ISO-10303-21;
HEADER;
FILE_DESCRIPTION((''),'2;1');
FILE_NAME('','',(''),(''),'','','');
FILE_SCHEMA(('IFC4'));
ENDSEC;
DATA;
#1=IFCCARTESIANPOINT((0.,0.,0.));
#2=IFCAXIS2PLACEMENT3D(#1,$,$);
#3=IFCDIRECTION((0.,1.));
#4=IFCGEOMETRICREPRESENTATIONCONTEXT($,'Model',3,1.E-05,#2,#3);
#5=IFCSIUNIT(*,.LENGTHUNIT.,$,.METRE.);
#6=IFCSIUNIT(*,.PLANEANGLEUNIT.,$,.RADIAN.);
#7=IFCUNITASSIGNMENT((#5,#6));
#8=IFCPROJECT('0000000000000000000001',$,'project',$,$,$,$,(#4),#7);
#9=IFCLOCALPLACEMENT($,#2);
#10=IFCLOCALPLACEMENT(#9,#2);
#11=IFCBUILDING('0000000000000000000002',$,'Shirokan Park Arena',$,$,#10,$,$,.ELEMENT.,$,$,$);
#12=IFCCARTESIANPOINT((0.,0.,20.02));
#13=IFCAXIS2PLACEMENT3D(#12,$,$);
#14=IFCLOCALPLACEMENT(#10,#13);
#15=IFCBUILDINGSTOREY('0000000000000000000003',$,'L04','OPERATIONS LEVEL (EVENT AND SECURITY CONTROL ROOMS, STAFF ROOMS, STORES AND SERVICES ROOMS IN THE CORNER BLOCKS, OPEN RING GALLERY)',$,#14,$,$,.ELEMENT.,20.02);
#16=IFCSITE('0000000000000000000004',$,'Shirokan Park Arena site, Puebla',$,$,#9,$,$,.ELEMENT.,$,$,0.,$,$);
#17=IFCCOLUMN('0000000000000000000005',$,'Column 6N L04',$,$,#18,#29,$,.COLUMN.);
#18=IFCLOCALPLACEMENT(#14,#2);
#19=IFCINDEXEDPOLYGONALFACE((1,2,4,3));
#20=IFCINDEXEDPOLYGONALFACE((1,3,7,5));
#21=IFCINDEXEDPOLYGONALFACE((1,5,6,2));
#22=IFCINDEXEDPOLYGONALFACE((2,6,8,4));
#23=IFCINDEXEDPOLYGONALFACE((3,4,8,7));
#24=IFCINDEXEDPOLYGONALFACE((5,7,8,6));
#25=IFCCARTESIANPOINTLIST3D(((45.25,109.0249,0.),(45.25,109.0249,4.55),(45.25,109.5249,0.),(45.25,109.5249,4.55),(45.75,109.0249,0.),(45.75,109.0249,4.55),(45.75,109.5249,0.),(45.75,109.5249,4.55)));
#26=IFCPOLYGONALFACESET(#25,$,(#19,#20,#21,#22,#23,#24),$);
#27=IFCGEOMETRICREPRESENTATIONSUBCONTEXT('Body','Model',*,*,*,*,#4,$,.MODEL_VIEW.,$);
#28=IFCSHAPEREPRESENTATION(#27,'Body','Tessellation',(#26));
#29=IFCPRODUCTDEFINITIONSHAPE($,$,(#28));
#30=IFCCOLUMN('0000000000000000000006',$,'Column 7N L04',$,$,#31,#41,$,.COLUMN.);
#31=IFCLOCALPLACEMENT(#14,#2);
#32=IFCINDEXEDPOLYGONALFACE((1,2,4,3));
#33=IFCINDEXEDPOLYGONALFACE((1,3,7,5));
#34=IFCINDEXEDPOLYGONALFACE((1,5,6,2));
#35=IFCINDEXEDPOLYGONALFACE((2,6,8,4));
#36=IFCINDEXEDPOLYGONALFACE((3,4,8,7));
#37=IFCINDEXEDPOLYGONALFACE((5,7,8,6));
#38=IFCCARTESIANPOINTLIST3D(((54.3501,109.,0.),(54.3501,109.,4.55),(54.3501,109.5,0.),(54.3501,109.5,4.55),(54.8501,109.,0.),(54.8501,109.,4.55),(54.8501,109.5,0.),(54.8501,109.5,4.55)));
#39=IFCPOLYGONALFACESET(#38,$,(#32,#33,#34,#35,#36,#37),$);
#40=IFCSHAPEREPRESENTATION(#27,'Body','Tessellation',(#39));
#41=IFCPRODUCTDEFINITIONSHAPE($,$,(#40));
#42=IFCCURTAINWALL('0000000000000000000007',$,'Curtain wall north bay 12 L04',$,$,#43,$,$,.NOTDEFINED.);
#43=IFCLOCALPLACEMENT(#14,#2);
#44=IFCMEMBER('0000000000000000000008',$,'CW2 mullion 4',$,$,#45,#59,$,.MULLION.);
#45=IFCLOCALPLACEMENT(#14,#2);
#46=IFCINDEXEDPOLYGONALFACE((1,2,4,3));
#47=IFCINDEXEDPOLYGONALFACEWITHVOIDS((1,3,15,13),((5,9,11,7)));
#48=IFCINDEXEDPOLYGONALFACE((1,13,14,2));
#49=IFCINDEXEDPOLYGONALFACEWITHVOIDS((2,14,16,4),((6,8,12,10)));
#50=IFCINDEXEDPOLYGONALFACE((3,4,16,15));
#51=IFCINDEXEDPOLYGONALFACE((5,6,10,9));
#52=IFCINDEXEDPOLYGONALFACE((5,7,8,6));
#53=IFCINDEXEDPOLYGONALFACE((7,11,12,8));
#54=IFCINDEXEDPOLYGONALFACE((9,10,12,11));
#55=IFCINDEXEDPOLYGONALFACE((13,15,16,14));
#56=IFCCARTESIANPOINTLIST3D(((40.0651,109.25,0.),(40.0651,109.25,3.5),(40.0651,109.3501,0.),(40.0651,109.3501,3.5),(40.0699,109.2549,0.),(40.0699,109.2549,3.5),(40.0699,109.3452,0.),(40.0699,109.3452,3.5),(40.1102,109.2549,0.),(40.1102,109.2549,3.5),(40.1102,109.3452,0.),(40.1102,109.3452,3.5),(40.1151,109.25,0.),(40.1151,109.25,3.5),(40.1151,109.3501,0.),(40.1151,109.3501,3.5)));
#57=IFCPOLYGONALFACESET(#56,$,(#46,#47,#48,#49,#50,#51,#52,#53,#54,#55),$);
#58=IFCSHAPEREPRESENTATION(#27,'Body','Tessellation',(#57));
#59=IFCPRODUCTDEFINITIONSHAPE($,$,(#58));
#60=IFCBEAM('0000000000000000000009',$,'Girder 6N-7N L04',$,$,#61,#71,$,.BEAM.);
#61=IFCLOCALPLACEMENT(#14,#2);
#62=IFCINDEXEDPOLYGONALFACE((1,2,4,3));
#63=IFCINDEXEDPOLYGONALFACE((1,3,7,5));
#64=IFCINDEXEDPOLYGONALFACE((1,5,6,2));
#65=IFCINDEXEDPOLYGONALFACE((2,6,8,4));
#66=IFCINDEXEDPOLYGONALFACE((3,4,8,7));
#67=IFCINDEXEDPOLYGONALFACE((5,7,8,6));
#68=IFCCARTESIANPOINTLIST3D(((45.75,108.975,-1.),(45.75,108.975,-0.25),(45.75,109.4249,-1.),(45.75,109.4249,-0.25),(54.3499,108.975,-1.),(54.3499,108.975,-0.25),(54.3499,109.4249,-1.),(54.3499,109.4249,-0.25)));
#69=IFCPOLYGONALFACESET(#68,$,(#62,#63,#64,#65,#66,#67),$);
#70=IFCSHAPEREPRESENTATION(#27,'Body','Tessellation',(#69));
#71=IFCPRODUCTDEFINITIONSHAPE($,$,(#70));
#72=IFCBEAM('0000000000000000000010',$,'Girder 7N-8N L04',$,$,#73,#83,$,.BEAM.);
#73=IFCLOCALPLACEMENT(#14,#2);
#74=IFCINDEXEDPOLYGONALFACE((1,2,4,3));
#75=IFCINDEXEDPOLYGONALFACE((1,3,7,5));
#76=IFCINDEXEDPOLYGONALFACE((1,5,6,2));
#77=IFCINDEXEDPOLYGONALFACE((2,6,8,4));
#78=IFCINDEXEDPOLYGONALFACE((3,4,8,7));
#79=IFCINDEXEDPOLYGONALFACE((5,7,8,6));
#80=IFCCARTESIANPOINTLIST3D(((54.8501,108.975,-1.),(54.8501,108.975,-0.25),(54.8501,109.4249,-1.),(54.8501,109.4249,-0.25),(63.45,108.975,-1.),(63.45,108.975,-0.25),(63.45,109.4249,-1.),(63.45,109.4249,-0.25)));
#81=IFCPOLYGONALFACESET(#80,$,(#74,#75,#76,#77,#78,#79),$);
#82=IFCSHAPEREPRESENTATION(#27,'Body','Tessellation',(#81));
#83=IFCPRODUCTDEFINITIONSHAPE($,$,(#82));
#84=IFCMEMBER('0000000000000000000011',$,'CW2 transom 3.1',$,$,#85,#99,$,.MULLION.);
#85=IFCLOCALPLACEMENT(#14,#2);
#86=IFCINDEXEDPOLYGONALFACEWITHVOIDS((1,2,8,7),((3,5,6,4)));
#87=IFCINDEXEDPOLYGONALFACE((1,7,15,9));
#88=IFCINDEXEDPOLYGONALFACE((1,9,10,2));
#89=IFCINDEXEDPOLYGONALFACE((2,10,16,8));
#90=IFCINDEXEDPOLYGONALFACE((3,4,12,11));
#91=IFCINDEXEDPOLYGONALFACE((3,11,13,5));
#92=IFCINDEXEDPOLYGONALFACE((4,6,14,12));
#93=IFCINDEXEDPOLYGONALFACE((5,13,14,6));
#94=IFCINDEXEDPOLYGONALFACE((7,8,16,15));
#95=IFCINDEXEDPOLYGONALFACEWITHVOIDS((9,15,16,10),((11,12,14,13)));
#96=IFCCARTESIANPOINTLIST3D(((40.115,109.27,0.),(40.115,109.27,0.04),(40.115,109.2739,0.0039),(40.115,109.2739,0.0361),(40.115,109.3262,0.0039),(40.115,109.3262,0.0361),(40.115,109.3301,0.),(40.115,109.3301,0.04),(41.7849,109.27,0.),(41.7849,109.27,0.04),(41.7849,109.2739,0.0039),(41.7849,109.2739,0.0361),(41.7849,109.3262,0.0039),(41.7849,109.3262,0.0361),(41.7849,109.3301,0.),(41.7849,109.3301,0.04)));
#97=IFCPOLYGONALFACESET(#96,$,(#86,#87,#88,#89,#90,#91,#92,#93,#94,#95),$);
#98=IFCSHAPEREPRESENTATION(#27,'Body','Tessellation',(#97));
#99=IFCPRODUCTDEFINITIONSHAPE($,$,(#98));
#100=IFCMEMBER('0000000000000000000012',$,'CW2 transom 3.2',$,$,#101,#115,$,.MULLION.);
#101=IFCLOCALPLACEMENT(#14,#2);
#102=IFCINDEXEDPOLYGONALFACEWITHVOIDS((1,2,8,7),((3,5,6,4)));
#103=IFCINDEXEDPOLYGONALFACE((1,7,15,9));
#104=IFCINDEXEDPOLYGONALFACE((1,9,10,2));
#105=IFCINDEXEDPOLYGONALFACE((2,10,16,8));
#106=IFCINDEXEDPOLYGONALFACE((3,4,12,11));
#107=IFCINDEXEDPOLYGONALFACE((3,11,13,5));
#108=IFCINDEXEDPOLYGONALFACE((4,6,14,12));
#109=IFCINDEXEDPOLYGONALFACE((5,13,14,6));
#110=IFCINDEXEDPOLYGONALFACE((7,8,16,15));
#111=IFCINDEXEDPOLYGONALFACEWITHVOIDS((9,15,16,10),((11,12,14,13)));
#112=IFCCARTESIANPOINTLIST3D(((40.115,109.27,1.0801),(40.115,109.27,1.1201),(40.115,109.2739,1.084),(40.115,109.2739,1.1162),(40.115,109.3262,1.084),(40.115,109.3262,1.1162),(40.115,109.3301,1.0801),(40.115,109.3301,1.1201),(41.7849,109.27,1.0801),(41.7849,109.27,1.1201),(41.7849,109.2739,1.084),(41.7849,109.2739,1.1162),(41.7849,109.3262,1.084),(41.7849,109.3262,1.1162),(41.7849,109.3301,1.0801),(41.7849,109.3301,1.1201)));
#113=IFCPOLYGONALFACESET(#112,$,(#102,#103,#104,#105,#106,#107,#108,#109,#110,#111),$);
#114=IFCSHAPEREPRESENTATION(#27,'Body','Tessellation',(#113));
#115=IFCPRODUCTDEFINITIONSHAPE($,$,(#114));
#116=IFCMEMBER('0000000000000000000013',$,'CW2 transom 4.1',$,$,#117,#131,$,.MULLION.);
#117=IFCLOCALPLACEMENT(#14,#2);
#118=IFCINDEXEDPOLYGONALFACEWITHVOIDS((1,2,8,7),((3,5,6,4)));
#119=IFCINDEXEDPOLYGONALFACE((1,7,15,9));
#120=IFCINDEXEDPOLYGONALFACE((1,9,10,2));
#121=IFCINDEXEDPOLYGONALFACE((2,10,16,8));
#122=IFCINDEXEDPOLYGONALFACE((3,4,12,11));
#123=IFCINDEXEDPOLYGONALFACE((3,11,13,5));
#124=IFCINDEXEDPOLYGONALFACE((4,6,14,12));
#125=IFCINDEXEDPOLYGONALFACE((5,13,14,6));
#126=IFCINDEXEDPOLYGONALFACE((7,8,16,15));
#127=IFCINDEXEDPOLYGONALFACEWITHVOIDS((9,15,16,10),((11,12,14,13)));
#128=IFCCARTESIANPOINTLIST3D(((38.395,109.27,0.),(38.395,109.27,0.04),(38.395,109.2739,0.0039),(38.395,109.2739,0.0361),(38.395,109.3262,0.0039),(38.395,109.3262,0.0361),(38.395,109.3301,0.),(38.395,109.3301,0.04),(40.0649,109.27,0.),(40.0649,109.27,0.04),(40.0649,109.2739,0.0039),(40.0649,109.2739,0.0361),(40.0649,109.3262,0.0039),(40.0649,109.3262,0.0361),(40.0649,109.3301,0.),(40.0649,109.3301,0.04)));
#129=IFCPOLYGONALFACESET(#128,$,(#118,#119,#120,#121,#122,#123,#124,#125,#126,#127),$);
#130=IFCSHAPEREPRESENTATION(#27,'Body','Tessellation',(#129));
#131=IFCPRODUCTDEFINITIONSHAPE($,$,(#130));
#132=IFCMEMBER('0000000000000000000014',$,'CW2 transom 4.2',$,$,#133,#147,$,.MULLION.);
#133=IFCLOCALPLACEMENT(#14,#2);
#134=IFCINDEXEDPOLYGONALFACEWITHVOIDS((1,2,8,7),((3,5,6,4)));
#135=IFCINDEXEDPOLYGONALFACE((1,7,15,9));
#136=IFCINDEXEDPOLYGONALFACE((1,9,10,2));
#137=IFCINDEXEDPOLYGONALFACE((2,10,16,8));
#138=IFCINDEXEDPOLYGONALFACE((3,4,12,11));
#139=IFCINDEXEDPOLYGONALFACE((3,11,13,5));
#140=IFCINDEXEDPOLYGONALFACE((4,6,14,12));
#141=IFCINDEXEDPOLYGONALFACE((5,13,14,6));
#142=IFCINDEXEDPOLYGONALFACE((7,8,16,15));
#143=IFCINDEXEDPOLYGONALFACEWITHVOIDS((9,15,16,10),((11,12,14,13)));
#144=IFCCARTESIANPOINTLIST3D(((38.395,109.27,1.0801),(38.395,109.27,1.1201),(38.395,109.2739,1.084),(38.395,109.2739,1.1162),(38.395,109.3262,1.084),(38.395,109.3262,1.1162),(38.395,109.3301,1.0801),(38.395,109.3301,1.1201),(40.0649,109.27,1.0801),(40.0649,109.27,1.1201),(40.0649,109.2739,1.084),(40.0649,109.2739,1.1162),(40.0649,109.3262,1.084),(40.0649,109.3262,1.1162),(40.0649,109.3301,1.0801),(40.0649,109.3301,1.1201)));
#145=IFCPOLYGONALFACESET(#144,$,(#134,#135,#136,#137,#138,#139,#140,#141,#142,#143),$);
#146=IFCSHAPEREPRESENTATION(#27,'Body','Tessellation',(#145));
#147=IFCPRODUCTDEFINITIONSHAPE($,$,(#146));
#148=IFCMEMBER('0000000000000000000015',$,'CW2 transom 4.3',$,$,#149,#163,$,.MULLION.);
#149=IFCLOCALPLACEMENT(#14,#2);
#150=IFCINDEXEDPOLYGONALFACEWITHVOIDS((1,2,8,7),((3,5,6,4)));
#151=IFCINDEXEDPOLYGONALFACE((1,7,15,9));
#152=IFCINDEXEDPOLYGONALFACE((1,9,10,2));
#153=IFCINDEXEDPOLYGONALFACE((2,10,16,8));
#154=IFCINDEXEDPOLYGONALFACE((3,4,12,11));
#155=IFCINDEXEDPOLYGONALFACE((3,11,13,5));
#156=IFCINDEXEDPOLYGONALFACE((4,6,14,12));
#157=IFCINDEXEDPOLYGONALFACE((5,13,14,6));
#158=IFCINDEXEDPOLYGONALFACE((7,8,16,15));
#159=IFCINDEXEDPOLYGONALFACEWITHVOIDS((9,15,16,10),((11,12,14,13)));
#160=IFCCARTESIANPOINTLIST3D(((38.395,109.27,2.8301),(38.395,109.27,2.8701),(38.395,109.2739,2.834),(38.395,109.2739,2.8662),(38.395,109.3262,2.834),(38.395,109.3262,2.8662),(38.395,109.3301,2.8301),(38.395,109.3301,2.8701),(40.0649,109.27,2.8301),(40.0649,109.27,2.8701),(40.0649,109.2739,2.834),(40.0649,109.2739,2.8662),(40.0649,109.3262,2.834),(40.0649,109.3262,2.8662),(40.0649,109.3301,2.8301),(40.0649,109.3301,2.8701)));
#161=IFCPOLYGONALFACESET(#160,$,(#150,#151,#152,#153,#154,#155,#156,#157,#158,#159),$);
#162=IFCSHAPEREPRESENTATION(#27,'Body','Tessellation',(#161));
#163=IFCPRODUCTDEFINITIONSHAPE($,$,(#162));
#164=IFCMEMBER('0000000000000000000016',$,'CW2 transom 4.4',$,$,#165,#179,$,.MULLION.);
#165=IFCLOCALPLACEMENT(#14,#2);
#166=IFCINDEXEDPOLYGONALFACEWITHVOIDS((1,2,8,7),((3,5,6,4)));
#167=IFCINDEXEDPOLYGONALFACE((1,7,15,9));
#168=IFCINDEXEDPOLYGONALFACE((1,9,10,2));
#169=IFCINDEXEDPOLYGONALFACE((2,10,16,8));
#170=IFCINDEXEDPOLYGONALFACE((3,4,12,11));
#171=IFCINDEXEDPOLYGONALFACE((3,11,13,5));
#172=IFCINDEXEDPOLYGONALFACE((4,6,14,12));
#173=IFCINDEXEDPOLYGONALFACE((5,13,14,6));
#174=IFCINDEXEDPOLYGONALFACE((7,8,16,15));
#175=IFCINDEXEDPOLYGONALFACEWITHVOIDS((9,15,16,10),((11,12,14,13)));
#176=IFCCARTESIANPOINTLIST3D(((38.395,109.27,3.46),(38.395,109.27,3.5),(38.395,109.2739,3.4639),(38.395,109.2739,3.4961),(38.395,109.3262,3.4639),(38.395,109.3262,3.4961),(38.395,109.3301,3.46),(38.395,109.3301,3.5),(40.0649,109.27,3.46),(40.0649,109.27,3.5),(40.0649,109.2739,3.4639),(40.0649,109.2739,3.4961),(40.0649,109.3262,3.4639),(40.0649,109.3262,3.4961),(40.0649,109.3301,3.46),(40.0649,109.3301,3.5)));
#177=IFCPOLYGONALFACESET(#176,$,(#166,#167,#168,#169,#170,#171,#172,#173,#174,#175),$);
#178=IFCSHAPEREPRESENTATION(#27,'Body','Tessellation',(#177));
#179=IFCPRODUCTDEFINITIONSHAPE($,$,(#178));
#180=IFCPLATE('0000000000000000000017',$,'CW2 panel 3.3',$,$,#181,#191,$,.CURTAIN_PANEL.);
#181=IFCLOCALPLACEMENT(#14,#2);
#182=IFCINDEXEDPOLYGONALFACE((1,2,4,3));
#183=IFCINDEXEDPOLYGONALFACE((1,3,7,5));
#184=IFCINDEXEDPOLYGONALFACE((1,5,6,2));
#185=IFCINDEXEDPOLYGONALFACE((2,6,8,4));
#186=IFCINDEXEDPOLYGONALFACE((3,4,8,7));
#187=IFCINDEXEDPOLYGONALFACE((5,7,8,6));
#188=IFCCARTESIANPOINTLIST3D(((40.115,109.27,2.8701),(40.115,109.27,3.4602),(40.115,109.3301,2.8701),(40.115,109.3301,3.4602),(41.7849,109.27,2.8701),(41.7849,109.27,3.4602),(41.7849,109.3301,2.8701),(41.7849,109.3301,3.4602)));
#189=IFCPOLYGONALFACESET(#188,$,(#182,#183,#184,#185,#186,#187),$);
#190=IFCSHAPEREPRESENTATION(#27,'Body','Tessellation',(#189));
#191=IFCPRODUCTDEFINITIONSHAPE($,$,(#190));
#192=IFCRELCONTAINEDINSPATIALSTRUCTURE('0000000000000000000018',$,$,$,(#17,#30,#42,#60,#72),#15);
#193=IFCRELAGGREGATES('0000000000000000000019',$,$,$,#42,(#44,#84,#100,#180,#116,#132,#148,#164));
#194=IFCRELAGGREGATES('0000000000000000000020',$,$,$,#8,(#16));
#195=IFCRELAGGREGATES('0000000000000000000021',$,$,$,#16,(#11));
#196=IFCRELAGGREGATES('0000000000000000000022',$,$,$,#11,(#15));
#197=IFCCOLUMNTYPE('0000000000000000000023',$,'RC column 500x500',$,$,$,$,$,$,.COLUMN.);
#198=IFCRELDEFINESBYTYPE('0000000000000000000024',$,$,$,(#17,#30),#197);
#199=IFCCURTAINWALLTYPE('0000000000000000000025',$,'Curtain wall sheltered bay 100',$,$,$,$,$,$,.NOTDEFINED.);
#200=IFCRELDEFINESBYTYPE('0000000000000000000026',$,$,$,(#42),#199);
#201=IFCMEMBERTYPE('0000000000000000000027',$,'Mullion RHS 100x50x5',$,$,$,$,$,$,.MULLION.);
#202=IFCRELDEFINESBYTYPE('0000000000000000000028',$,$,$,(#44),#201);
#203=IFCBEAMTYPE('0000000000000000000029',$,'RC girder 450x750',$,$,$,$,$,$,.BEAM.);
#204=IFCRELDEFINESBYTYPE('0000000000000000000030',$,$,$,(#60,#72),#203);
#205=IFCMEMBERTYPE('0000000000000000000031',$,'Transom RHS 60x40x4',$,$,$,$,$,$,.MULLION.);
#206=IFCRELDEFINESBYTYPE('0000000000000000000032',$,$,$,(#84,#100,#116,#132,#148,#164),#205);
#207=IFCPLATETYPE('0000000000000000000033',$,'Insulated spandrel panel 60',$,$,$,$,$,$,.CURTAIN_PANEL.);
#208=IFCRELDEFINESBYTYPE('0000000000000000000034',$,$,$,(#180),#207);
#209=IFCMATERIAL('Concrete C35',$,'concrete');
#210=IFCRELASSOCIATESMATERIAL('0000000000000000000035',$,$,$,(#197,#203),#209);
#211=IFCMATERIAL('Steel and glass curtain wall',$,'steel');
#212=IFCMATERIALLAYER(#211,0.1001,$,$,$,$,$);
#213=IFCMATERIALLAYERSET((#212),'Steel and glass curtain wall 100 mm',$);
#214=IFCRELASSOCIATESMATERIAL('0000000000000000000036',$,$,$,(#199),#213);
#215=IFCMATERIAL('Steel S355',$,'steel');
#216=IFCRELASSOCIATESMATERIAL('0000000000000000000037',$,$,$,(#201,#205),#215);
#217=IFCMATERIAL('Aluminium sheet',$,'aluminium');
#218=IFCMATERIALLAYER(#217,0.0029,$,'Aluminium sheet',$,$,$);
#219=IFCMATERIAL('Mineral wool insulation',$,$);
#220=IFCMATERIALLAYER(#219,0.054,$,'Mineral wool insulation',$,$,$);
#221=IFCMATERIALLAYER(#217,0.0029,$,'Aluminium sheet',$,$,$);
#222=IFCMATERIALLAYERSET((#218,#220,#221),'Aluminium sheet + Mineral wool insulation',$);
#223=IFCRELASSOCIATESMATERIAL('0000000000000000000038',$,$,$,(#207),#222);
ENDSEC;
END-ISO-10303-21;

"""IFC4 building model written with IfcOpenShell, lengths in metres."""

from ifc_helpers import new_model, si_unit, direction, frame, origin, origin_2d, place, context, subcontext, project, spatial, rectangle, hollow_rectangle, extrude, material, layer, layer_set, material_profile, profile_set, type_object, element, aggregate, save


model = new_model("IFC4")

# Units and contexts
model_context = context("Model", 3, precision=1e-05, world=origin(), true_north=direction((0.0, 1.0)))
body_context = subcontext(model_context, "Body", "Model", "MODEL_VIEW")
ifc_project = project(units=[si_unit("LENGTHUNIT", "METRE"), si_unit("PLANEANGLEUNIT", "RADIAN")], contexts=[model_context])

# Site, building, storey
site_placement = place(None, origin())
site = spatial("IfcSite", under=ifc_project, at=site_placement, Name="Shirokan Park Arena site, Puebla", CompositionType="ELEMENT", RefElevation=0.0)
building_placement = place(site_placement, origin())
building = spatial("IfcBuilding", under=site, at=building_placement, Name="Shirokan Park Arena", CompositionType="ELEMENT")
storey_placement = place(building_placement, frame((0.0, 0.0, 20.02)))
storey = spatial("IfcBuildingStorey", under=building, at=storey_placement, Name="L04", Description="OPERATIONS LEVEL (EVENT AND SECURITY CONTROL ROOMS, STAFF ROOMS, STORES AND SERVICES ROOMS IN THE CORNER BLOCKS, OPEN RING GALLERY)", CompositionType="ELEMENT", Elevation=20.02)

# Columns
ifc_material_1 = material(Name="Concrete C35", Category="concrete")
ifc_material_profile_1 = material_profile(ifc_material_1, rectangle(XDim=0.5, YDim=0.5, at=origin_2d()), Name="500x500")
ifc_profile_set_1 = profile_set([ifc_material_profile_1], Name="Concrete C35")
column_type = type_object("IfcColumnType", Name="RC column 500x500", PredefinedType="COLUMN", material=ifc_profile_set_1)
for number, where, z_axis, x_axis, name in (
    (1, (45.5, 109.2749, 0.0), (0.0, 0.0, 1.0), (1.0, 0.0, 0.0), "Column 6N L04"),
    (2, (54.6001, 109.25, 0.0), (0.0, 0.0, 1.0), (1.0, 0.0, 0.0), "Column 7N L04"),
):
    element("IfcColumn", number, at=place(storey_placement, frame(where, z_axis=z_axis, x_axis=x_axis)), inside=storey, type_object=column_type, Name=name, PredefinedType="COLUMN", context=body_context, shape_type="SweptSolid", body=[
        extrude(rectangle(XDim=0.5, YDim=0.5, at=origin_2d()), origin(), (0.0, 0.0, 1.0), 4.55),
    ])

# Curtain wall, member
ifc_material_2 = material(Name="Steel and glass curtain wall", Category="steel")
ifc_layer_1 = layer(ifc_material_2, 0.1001)
ifc_layer_set_1 = layer_set([ifc_layer_1], Name="Steel and glass curtain wall 100 mm")
curtain_wall_type = type_object("IfcCurtainWallType", Name="Curtain wall sheltered bay 100", PredefinedType="NOTDEFINED", material=ifc_layer_set_1)
curtain_wall_placement = place(storey_placement, origin())
curtain_wall = element("IfcCurtainWall", 3, at=curtain_wall_placement, inside=storey, type_object=curtain_wall_type, Name="Curtain wall north bay 12 L04", PredefinedType="NOTDEFINED")
ifc_material_3 = material(Name="Steel S355", Category="steel")
ifc_material_profile_2 = material_profile(ifc_material_3, hollow_rectangle(XDim=0.1001, YDim=0.05, WallThickness=0.0049, at=origin_2d()), Name="RHS 100x50x5")
ifc_profile_set_2 = profile_set([ifc_material_profile_2], Name="Steel S355")
member_type_1 = type_object("IfcMemberType", Name="Mullion RHS 100x50x5", PredefinedType="MULLION", material=ifc_profile_set_2)
member_1_placement = place(storey_placement, frame((40.0901, 109.3, 0.0), z_axis=(0.0, 0.0, 1.0), x_axis=(0.0, -1.0, 0.0)))
member_1 = element("IfcMember", 4, at=member_1_placement, type_object=member_type_1, Name="CW2 mullion 4", PredefinedType="MULLION", context=body_context, shape_type="SweptSolid", body=[
    extrude(hollow_rectangle(XDim=0.1001, YDim=0.05, WallThickness=0.0049, at=origin_2d()), origin(), (0.0, 0.0, 1.0), 3.5),
])

# Beams
ifc_material_profile_3 = material_profile(ifc_material_1, rectangle(XDim=0.45, YDim=0.75, at=origin_2d()), Name="450x750")
ifc_profile_set_3 = profile_set([ifc_material_profile_3], Name="Concrete C35")
beam_type = type_object("IfcBeamType", Name="RC girder 450x750", PredefinedType="BEAM", material=ifc_profile_set_3)
for number, where, z_axis, x_axis, name in (
    (5, (45.75, 109.2, -0.625), (1.0, 0.0, 0.0), (0.0, 1.0, 0.0), "Girder 6N-7N L04"),
    (6, (54.8501, 109.2, -0.625), (1.0, 0.0, 0.0), (0.0, 1.0, 0.0), "Girder 7N-8N L04"),
):
    element("IfcBeam", number, at=place(storey_placement, frame(where, z_axis=z_axis, x_axis=x_axis)), inside=storey, type_object=beam_type, Name=name, PredefinedType="BEAM", context=body_context, shape_type="SweptSolid", body=[
        extrude(rectangle(XDim=0.45, YDim=0.75, at=origin_2d()), origin(), (0.0, 0.0, 1.0), 8.5999),
    ])

# Members
ifc_material_profile_4 = material_profile(ifc_material_3, hollow_rectangle(XDim=0.0601, YDim=0.04, WallThickness=0.0039, at=origin_2d()), Name="RHS 60x40x4")
ifc_profile_set_4 = profile_set([ifc_material_profile_4], Name="Steel S355")
member_type_2 = type_object("IfcMemberType", Name="Transom RHS 60x40x4", PredefinedType="MULLION", material=ifc_profile_set_4)
member_2_placement = place(storey_placement, frame((41.7849, 109.3, 0.02), z_axis=(-1.0, 0.0, 0.0), x_axis=(0.0, -1.0, 0.0)))
member_2 = element("IfcMember", 7, at=member_2_placement, type_object=member_type_2, Name="CW2 transom 3.1", PredefinedType="MULLION", context=body_context, shape_type="SweptSolid", body=[
    extrude(hollow_rectangle(XDim=0.0601, YDim=0.04, WallThickness=0.0039, at=origin_2d()), origin(), (0.0, 0.0, 1.0), 1.6699),
])
member_3_placement = place(storey_placement, frame((41.7849, 109.3, 1.1001), z_axis=(-1.0, 0.0, 0.0), x_axis=(0.0, -1.0, 0.0)))
member_3 = element("IfcMember", 8, at=member_3_placement, type_object=member_type_2, Name="CW2 transom 3.2", PredefinedType="MULLION", context=body_context, shape_type="SweptSolid", body=[
    extrude(hollow_rectangle(XDim=0.0601, YDim=0.04, WallThickness=0.0039, at=origin_2d()), origin(), (0.0, 0.0, 1.0), 1.6699),
])
member_4_placement = place(storey_placement, frame((40.0649, 109.3, 0.02), z_axis=(-1.0, 0.0, 0.0), x_axis=(0.0, -1.0, 0.0)))
member_4 = element("IfcMember", 9, at=member_4_placement, type_object=member_type_2, Name="CW2 transom 4.1", PredefinedType="MULLION", context=body_context, shape_type="SweptSolid", body=[
    extrude(hollow_rectangle(XDim=0.0601, YDim=0.04, WallThickness=0.0039, at=origin_2d()), origin(), (0.0, 0.0, 1.0), 1.6699),
])
member_5_placement = place(storey_placement, frame((40.0649, 109.3, 1.1001), z_axis=(-1.0, 0.0, 0.0), x_axis=(0.0, -1.0, 0.0)))
member_5 = element("IfcMember", 10, at=member_5_placement, type_object=member_type_2, Name="CW2 transom 4.2", PredefinedType="MULLION", context=body_context, shape_type="SweptSolid", body=[
    extrude(hollow_rectangle(XDim=0.0601, YDim=0.04, WallThickness=0.0039, at=origin_2d()), origin(), (0.0, 0.0, 1.0), 1.6699),
])
member_6_placement = place(storey_placement, frame((40.0649, 109.3, 2.8501), z_axis=(-1.0, 0.0, 0.0), x_axis=(0.0, -1.0, 0.0)))
member_6 = element("IfcMember", 11, at=member_6_placement, type_object=member_type_2, Name="CW2 transom 4.3", PredefinedType="MULLION", context=body_context, shape_type="SweptSolid", body=[
    extrude(hollow_rectangle(XDim=0.0601, YDim=0.04, WallThickness=0.0039, at=origin_2d()), origin(), (0.0, 0.0, 1.0), 1.6699),
])
member_7_placement = place(storey_placement, frame((40.0649, 109.3, 3.48), z_axis=(-1.0, 0.0, 0.0), x_axis=(0.0, -1.0, 0.0)))
member_7 = element("IfcMember", 12, at=member_7_placement, type_object=member_type_2, Name="CW2 transom 4.4", PredefinedType="MULLION", context=body_context, shape_type="SweptSolid", body=[
    extrude(hollow_rectangle(XDim=0.0601, YDim=0.04, WallThickness=0.0039, at=origin_2d()), origin(), (0.0, 0.0, 1.0), 1.6699),
])

# Plate
ifc_material_4 = material(Name="Aluminium sheet", Category="aluminium")
ifc_layer_2 = layer(ifc_material_4, 0.0029, Name="Aluminium sheet")
ifc_material_5 = material(Name="Mineral wool insulation")
ifc_layer_3 = layer(ifc_material_5, 0.054, Name="Mineral wool insulation")
ifc_layer_4 = layer(ifc_material_4, 0.0029, Name="Aluminium sheet")
ifc_layer_set_2 = layer_set([ifc_layer_2, ifc_layer_3, ifc_layer_4], Name="Aluminium sheet + Mineral wool insulation")
plate_type_1 = type_object("IfcPlateType", Name="Insulated spandrel panel 60", PredefinedType="CURTAIN_PANEL", material=ifc_layer_set_2)
plate_1_placement = place(storey_placement, frame((40.95, 109.3, 2.8701), z_axis=(0.0, 0.0, 1.0), x_axis=(-1.0, 0.0, 0.0)))
plate_1 = element("IfcPlate", 13, at=plate_1_placement, type_object=plate_type_1, Name="CW2 panel 3.3", PredefinedType="CURTAIN_PANEL", context=body_context, shape_type="SweptSolid", body=[
    extrude(rectangle(XDim=1.6699, YDim=0.0601, at=origin_2d()), origin(), (0.0, 0.0, 1.0), 0.5901),
])
aggregate(curtain_wall, [member_1, member_2, member_3, plate_1, member_4, member_5, member_6, member_7])

save(model, "model.ifc")
